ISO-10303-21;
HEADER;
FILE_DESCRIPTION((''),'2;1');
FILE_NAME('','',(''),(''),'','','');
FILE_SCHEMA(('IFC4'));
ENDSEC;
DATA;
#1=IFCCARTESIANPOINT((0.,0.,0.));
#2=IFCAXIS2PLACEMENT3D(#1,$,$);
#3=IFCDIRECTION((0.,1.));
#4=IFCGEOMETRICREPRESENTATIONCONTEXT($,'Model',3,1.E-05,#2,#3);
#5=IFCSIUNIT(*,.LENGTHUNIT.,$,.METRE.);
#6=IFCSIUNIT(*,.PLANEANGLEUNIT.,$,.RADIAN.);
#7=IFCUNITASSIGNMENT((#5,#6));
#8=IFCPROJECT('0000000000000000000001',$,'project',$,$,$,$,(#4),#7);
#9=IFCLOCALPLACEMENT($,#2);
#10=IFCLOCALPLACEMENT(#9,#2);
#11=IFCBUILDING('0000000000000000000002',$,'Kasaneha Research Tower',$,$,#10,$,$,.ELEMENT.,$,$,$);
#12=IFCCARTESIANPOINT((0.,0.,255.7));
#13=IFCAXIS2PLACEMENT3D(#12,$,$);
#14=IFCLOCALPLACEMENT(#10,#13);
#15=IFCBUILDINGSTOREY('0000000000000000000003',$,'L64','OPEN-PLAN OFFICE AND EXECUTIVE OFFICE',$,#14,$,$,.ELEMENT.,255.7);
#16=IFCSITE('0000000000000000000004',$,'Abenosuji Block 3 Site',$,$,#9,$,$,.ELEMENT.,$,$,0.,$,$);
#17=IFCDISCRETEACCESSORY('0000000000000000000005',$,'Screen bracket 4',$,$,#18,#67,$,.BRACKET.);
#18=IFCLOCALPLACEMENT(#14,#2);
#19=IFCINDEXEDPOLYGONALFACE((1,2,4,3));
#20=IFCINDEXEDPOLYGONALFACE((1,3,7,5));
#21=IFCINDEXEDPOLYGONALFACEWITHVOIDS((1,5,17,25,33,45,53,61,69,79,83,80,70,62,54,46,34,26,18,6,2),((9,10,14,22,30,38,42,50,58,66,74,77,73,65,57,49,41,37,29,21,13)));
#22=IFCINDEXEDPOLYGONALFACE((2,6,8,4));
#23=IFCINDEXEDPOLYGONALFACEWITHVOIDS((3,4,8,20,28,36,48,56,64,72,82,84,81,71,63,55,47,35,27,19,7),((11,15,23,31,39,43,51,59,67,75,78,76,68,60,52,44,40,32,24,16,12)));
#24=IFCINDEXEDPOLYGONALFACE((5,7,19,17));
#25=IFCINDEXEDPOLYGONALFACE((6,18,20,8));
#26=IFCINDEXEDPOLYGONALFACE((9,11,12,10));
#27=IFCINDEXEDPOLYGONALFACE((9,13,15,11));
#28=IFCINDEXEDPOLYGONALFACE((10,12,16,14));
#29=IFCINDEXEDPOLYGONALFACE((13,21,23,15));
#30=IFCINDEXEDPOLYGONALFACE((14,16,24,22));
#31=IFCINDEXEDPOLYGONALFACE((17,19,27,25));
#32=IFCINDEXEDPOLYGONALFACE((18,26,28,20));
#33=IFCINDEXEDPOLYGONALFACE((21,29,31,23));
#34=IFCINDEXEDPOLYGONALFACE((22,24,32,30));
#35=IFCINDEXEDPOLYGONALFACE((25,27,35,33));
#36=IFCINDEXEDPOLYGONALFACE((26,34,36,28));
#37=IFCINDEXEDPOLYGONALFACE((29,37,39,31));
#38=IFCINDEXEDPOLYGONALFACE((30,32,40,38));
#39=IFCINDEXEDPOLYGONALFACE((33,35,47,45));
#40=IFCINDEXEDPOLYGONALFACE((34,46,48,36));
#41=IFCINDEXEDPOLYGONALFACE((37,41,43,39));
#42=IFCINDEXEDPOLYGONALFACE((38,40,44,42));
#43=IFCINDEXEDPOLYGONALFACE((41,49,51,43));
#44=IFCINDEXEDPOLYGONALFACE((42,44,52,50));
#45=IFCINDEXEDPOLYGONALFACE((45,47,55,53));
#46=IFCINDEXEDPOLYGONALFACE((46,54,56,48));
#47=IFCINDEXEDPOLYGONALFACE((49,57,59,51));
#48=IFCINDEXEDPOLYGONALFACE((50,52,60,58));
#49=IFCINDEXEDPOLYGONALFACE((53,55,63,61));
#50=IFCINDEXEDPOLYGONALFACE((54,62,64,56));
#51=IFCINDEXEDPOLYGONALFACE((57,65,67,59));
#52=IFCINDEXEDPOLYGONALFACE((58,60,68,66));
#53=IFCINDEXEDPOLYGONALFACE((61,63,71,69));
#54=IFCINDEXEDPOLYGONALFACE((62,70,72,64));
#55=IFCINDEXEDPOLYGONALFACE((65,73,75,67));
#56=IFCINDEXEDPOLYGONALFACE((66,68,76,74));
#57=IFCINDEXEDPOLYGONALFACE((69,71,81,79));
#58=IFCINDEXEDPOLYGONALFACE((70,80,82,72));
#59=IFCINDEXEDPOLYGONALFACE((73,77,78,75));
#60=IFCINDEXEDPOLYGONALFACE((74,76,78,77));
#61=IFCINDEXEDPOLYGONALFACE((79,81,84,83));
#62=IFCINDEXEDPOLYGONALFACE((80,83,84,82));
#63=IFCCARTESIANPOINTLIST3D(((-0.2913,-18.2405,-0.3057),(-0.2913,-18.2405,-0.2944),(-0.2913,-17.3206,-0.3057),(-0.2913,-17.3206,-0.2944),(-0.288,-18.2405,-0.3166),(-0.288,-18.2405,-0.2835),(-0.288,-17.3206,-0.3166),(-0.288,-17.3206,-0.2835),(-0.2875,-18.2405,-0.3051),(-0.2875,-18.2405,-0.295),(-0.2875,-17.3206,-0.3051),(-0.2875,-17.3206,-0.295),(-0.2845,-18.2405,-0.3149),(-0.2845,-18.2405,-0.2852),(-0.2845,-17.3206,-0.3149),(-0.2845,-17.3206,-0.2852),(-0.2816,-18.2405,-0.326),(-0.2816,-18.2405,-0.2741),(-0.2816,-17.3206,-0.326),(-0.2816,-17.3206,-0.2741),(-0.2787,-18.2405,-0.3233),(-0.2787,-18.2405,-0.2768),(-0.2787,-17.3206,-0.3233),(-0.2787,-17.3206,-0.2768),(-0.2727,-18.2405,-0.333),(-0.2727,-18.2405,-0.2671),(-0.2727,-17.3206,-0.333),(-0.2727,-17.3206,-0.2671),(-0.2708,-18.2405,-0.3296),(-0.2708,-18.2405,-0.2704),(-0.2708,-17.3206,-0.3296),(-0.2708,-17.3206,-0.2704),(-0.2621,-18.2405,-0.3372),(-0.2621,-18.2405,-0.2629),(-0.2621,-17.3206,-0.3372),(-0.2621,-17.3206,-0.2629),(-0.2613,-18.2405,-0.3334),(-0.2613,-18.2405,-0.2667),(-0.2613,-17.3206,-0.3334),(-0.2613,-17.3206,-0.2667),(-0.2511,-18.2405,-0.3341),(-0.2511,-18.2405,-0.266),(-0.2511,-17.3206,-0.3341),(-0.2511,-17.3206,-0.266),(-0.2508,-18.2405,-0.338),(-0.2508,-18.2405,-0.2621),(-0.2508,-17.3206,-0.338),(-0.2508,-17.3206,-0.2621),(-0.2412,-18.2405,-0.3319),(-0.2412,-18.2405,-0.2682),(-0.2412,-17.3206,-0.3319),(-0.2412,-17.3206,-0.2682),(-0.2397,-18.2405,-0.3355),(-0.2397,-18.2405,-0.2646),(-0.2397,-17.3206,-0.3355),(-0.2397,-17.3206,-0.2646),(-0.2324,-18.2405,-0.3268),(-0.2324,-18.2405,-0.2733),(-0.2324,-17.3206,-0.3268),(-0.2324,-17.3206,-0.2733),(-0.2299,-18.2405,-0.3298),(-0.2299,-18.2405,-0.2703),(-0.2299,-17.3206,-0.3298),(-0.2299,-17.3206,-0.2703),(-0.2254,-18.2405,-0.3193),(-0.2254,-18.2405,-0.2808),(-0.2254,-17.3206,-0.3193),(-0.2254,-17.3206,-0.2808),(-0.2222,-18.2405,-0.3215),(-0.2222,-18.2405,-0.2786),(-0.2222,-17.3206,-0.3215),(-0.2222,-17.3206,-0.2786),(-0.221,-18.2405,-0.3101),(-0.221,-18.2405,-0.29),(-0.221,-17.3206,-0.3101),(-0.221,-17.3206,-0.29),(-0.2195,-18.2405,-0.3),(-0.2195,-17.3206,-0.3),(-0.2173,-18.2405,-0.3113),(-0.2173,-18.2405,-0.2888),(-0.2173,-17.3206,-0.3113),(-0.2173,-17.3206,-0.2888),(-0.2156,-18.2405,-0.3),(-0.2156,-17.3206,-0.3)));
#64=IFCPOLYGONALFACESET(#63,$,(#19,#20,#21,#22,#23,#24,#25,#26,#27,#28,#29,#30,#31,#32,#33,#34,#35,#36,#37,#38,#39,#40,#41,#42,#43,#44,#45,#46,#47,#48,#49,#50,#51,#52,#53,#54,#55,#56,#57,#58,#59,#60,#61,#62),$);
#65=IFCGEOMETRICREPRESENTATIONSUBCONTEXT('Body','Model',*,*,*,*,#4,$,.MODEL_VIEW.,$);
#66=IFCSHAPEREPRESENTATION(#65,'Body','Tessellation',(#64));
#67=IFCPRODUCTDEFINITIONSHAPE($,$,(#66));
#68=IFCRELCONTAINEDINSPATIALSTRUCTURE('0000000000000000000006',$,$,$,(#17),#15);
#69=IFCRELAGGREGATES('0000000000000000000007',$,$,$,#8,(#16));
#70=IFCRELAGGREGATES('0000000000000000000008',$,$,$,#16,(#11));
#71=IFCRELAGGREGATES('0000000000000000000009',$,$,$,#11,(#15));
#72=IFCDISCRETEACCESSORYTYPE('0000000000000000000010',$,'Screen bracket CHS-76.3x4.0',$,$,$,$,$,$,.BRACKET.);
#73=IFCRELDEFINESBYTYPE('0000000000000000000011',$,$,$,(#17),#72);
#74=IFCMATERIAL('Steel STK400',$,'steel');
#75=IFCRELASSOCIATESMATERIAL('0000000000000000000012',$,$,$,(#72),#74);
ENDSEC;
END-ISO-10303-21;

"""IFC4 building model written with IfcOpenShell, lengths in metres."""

from ifc_helpers import new_model, si_unit, direction, frame, origin, origin_2d, place, context, subcontext, project, spatial, hollow_circle, extrude, material, material_profile, profile_set, type_object, element, save


model = new_model("IFC4")

# Units and contexts
model_context = context("Model", 3, precision=1e-05, world=origin(), true_north=direction((0.0, 1.0)))
body_context = subcontext(model_context, "Body", "Model", "MODEL_VIEW")
ifc_project = project(units=[si_unit("LENGTHUNIT", "METRE"), si_unit("PLANEANGLEUNIT", "RADIAN")], contexts=[model_context])

# Site, building, storey
site_placement = place(None, origin())
site = spatial("IfcSite", under=ifc_project, at=site_placement, Name="Abenosuji Block 3 Site", CompositionType="ELEMENT", RefElevation=0.0)
building_placement = place(site_placement, origin())
building = spatial("IfcBuilding", under=site, at=building_placement, Name="Kasaneha Research Tower", CompositionType="ELEMENT")
storey_placement = place(building_placement, frame((0.0, 0.0, 255.7)))
storey = spatial("IfcBuildingStorey", under=building, at=storey_placement, Name="L64", Description="OPEN-PLAN OFFICE AND EXECUTIVE OFFICE", CompositionType="ELEMENT", Elevation=255.7)

# Discrete accessory
ifc_material_1 = material(Name="Steel STK400", Category="steel")
ifc_material_profile_1 = material_profile(ifc_material_1, hollow_circle(Radius=0.0381, WallThickness=0.0039, at=origin_2d()), Name="CHS-76.3x4.0")
ifc_profile_set_1 = profile_set([ifc_material_profile_1], Name="Steel STK400")
discrete_accessory_type = type_object("IfcDiscreteAccessoryType", Name="Screen bracket CHS-76.3x4.0", PredefinedType="BRACKET", material=ifc_profile_set_1)
for number, where, z_axis, x_axis, name in (
    (1, (-0.2537, -17.3206, -0.3), (0.0, -1.0, 0.0), (1.0, 0.0, 0.0), "Screen bracket 4"),
):
    element("IfcDiscreteAccessory", number, at=place(storey_placement, frame(where, z_axis=z_axis, x_axis=x_axis)), inside=storey, type_object=discrete_accessory_type, Name=name, PredefinedType="BRACKET", context=body_context, shape_type="SweptSolid", body=[
        extrude(hollow_circle(Radius=0.0381, WallThickness=0.0039, at=origin_2d()), origin(), (0.0, 0.0, 1.0), 0.9199),
    ])

save(model, "model.ifc")
